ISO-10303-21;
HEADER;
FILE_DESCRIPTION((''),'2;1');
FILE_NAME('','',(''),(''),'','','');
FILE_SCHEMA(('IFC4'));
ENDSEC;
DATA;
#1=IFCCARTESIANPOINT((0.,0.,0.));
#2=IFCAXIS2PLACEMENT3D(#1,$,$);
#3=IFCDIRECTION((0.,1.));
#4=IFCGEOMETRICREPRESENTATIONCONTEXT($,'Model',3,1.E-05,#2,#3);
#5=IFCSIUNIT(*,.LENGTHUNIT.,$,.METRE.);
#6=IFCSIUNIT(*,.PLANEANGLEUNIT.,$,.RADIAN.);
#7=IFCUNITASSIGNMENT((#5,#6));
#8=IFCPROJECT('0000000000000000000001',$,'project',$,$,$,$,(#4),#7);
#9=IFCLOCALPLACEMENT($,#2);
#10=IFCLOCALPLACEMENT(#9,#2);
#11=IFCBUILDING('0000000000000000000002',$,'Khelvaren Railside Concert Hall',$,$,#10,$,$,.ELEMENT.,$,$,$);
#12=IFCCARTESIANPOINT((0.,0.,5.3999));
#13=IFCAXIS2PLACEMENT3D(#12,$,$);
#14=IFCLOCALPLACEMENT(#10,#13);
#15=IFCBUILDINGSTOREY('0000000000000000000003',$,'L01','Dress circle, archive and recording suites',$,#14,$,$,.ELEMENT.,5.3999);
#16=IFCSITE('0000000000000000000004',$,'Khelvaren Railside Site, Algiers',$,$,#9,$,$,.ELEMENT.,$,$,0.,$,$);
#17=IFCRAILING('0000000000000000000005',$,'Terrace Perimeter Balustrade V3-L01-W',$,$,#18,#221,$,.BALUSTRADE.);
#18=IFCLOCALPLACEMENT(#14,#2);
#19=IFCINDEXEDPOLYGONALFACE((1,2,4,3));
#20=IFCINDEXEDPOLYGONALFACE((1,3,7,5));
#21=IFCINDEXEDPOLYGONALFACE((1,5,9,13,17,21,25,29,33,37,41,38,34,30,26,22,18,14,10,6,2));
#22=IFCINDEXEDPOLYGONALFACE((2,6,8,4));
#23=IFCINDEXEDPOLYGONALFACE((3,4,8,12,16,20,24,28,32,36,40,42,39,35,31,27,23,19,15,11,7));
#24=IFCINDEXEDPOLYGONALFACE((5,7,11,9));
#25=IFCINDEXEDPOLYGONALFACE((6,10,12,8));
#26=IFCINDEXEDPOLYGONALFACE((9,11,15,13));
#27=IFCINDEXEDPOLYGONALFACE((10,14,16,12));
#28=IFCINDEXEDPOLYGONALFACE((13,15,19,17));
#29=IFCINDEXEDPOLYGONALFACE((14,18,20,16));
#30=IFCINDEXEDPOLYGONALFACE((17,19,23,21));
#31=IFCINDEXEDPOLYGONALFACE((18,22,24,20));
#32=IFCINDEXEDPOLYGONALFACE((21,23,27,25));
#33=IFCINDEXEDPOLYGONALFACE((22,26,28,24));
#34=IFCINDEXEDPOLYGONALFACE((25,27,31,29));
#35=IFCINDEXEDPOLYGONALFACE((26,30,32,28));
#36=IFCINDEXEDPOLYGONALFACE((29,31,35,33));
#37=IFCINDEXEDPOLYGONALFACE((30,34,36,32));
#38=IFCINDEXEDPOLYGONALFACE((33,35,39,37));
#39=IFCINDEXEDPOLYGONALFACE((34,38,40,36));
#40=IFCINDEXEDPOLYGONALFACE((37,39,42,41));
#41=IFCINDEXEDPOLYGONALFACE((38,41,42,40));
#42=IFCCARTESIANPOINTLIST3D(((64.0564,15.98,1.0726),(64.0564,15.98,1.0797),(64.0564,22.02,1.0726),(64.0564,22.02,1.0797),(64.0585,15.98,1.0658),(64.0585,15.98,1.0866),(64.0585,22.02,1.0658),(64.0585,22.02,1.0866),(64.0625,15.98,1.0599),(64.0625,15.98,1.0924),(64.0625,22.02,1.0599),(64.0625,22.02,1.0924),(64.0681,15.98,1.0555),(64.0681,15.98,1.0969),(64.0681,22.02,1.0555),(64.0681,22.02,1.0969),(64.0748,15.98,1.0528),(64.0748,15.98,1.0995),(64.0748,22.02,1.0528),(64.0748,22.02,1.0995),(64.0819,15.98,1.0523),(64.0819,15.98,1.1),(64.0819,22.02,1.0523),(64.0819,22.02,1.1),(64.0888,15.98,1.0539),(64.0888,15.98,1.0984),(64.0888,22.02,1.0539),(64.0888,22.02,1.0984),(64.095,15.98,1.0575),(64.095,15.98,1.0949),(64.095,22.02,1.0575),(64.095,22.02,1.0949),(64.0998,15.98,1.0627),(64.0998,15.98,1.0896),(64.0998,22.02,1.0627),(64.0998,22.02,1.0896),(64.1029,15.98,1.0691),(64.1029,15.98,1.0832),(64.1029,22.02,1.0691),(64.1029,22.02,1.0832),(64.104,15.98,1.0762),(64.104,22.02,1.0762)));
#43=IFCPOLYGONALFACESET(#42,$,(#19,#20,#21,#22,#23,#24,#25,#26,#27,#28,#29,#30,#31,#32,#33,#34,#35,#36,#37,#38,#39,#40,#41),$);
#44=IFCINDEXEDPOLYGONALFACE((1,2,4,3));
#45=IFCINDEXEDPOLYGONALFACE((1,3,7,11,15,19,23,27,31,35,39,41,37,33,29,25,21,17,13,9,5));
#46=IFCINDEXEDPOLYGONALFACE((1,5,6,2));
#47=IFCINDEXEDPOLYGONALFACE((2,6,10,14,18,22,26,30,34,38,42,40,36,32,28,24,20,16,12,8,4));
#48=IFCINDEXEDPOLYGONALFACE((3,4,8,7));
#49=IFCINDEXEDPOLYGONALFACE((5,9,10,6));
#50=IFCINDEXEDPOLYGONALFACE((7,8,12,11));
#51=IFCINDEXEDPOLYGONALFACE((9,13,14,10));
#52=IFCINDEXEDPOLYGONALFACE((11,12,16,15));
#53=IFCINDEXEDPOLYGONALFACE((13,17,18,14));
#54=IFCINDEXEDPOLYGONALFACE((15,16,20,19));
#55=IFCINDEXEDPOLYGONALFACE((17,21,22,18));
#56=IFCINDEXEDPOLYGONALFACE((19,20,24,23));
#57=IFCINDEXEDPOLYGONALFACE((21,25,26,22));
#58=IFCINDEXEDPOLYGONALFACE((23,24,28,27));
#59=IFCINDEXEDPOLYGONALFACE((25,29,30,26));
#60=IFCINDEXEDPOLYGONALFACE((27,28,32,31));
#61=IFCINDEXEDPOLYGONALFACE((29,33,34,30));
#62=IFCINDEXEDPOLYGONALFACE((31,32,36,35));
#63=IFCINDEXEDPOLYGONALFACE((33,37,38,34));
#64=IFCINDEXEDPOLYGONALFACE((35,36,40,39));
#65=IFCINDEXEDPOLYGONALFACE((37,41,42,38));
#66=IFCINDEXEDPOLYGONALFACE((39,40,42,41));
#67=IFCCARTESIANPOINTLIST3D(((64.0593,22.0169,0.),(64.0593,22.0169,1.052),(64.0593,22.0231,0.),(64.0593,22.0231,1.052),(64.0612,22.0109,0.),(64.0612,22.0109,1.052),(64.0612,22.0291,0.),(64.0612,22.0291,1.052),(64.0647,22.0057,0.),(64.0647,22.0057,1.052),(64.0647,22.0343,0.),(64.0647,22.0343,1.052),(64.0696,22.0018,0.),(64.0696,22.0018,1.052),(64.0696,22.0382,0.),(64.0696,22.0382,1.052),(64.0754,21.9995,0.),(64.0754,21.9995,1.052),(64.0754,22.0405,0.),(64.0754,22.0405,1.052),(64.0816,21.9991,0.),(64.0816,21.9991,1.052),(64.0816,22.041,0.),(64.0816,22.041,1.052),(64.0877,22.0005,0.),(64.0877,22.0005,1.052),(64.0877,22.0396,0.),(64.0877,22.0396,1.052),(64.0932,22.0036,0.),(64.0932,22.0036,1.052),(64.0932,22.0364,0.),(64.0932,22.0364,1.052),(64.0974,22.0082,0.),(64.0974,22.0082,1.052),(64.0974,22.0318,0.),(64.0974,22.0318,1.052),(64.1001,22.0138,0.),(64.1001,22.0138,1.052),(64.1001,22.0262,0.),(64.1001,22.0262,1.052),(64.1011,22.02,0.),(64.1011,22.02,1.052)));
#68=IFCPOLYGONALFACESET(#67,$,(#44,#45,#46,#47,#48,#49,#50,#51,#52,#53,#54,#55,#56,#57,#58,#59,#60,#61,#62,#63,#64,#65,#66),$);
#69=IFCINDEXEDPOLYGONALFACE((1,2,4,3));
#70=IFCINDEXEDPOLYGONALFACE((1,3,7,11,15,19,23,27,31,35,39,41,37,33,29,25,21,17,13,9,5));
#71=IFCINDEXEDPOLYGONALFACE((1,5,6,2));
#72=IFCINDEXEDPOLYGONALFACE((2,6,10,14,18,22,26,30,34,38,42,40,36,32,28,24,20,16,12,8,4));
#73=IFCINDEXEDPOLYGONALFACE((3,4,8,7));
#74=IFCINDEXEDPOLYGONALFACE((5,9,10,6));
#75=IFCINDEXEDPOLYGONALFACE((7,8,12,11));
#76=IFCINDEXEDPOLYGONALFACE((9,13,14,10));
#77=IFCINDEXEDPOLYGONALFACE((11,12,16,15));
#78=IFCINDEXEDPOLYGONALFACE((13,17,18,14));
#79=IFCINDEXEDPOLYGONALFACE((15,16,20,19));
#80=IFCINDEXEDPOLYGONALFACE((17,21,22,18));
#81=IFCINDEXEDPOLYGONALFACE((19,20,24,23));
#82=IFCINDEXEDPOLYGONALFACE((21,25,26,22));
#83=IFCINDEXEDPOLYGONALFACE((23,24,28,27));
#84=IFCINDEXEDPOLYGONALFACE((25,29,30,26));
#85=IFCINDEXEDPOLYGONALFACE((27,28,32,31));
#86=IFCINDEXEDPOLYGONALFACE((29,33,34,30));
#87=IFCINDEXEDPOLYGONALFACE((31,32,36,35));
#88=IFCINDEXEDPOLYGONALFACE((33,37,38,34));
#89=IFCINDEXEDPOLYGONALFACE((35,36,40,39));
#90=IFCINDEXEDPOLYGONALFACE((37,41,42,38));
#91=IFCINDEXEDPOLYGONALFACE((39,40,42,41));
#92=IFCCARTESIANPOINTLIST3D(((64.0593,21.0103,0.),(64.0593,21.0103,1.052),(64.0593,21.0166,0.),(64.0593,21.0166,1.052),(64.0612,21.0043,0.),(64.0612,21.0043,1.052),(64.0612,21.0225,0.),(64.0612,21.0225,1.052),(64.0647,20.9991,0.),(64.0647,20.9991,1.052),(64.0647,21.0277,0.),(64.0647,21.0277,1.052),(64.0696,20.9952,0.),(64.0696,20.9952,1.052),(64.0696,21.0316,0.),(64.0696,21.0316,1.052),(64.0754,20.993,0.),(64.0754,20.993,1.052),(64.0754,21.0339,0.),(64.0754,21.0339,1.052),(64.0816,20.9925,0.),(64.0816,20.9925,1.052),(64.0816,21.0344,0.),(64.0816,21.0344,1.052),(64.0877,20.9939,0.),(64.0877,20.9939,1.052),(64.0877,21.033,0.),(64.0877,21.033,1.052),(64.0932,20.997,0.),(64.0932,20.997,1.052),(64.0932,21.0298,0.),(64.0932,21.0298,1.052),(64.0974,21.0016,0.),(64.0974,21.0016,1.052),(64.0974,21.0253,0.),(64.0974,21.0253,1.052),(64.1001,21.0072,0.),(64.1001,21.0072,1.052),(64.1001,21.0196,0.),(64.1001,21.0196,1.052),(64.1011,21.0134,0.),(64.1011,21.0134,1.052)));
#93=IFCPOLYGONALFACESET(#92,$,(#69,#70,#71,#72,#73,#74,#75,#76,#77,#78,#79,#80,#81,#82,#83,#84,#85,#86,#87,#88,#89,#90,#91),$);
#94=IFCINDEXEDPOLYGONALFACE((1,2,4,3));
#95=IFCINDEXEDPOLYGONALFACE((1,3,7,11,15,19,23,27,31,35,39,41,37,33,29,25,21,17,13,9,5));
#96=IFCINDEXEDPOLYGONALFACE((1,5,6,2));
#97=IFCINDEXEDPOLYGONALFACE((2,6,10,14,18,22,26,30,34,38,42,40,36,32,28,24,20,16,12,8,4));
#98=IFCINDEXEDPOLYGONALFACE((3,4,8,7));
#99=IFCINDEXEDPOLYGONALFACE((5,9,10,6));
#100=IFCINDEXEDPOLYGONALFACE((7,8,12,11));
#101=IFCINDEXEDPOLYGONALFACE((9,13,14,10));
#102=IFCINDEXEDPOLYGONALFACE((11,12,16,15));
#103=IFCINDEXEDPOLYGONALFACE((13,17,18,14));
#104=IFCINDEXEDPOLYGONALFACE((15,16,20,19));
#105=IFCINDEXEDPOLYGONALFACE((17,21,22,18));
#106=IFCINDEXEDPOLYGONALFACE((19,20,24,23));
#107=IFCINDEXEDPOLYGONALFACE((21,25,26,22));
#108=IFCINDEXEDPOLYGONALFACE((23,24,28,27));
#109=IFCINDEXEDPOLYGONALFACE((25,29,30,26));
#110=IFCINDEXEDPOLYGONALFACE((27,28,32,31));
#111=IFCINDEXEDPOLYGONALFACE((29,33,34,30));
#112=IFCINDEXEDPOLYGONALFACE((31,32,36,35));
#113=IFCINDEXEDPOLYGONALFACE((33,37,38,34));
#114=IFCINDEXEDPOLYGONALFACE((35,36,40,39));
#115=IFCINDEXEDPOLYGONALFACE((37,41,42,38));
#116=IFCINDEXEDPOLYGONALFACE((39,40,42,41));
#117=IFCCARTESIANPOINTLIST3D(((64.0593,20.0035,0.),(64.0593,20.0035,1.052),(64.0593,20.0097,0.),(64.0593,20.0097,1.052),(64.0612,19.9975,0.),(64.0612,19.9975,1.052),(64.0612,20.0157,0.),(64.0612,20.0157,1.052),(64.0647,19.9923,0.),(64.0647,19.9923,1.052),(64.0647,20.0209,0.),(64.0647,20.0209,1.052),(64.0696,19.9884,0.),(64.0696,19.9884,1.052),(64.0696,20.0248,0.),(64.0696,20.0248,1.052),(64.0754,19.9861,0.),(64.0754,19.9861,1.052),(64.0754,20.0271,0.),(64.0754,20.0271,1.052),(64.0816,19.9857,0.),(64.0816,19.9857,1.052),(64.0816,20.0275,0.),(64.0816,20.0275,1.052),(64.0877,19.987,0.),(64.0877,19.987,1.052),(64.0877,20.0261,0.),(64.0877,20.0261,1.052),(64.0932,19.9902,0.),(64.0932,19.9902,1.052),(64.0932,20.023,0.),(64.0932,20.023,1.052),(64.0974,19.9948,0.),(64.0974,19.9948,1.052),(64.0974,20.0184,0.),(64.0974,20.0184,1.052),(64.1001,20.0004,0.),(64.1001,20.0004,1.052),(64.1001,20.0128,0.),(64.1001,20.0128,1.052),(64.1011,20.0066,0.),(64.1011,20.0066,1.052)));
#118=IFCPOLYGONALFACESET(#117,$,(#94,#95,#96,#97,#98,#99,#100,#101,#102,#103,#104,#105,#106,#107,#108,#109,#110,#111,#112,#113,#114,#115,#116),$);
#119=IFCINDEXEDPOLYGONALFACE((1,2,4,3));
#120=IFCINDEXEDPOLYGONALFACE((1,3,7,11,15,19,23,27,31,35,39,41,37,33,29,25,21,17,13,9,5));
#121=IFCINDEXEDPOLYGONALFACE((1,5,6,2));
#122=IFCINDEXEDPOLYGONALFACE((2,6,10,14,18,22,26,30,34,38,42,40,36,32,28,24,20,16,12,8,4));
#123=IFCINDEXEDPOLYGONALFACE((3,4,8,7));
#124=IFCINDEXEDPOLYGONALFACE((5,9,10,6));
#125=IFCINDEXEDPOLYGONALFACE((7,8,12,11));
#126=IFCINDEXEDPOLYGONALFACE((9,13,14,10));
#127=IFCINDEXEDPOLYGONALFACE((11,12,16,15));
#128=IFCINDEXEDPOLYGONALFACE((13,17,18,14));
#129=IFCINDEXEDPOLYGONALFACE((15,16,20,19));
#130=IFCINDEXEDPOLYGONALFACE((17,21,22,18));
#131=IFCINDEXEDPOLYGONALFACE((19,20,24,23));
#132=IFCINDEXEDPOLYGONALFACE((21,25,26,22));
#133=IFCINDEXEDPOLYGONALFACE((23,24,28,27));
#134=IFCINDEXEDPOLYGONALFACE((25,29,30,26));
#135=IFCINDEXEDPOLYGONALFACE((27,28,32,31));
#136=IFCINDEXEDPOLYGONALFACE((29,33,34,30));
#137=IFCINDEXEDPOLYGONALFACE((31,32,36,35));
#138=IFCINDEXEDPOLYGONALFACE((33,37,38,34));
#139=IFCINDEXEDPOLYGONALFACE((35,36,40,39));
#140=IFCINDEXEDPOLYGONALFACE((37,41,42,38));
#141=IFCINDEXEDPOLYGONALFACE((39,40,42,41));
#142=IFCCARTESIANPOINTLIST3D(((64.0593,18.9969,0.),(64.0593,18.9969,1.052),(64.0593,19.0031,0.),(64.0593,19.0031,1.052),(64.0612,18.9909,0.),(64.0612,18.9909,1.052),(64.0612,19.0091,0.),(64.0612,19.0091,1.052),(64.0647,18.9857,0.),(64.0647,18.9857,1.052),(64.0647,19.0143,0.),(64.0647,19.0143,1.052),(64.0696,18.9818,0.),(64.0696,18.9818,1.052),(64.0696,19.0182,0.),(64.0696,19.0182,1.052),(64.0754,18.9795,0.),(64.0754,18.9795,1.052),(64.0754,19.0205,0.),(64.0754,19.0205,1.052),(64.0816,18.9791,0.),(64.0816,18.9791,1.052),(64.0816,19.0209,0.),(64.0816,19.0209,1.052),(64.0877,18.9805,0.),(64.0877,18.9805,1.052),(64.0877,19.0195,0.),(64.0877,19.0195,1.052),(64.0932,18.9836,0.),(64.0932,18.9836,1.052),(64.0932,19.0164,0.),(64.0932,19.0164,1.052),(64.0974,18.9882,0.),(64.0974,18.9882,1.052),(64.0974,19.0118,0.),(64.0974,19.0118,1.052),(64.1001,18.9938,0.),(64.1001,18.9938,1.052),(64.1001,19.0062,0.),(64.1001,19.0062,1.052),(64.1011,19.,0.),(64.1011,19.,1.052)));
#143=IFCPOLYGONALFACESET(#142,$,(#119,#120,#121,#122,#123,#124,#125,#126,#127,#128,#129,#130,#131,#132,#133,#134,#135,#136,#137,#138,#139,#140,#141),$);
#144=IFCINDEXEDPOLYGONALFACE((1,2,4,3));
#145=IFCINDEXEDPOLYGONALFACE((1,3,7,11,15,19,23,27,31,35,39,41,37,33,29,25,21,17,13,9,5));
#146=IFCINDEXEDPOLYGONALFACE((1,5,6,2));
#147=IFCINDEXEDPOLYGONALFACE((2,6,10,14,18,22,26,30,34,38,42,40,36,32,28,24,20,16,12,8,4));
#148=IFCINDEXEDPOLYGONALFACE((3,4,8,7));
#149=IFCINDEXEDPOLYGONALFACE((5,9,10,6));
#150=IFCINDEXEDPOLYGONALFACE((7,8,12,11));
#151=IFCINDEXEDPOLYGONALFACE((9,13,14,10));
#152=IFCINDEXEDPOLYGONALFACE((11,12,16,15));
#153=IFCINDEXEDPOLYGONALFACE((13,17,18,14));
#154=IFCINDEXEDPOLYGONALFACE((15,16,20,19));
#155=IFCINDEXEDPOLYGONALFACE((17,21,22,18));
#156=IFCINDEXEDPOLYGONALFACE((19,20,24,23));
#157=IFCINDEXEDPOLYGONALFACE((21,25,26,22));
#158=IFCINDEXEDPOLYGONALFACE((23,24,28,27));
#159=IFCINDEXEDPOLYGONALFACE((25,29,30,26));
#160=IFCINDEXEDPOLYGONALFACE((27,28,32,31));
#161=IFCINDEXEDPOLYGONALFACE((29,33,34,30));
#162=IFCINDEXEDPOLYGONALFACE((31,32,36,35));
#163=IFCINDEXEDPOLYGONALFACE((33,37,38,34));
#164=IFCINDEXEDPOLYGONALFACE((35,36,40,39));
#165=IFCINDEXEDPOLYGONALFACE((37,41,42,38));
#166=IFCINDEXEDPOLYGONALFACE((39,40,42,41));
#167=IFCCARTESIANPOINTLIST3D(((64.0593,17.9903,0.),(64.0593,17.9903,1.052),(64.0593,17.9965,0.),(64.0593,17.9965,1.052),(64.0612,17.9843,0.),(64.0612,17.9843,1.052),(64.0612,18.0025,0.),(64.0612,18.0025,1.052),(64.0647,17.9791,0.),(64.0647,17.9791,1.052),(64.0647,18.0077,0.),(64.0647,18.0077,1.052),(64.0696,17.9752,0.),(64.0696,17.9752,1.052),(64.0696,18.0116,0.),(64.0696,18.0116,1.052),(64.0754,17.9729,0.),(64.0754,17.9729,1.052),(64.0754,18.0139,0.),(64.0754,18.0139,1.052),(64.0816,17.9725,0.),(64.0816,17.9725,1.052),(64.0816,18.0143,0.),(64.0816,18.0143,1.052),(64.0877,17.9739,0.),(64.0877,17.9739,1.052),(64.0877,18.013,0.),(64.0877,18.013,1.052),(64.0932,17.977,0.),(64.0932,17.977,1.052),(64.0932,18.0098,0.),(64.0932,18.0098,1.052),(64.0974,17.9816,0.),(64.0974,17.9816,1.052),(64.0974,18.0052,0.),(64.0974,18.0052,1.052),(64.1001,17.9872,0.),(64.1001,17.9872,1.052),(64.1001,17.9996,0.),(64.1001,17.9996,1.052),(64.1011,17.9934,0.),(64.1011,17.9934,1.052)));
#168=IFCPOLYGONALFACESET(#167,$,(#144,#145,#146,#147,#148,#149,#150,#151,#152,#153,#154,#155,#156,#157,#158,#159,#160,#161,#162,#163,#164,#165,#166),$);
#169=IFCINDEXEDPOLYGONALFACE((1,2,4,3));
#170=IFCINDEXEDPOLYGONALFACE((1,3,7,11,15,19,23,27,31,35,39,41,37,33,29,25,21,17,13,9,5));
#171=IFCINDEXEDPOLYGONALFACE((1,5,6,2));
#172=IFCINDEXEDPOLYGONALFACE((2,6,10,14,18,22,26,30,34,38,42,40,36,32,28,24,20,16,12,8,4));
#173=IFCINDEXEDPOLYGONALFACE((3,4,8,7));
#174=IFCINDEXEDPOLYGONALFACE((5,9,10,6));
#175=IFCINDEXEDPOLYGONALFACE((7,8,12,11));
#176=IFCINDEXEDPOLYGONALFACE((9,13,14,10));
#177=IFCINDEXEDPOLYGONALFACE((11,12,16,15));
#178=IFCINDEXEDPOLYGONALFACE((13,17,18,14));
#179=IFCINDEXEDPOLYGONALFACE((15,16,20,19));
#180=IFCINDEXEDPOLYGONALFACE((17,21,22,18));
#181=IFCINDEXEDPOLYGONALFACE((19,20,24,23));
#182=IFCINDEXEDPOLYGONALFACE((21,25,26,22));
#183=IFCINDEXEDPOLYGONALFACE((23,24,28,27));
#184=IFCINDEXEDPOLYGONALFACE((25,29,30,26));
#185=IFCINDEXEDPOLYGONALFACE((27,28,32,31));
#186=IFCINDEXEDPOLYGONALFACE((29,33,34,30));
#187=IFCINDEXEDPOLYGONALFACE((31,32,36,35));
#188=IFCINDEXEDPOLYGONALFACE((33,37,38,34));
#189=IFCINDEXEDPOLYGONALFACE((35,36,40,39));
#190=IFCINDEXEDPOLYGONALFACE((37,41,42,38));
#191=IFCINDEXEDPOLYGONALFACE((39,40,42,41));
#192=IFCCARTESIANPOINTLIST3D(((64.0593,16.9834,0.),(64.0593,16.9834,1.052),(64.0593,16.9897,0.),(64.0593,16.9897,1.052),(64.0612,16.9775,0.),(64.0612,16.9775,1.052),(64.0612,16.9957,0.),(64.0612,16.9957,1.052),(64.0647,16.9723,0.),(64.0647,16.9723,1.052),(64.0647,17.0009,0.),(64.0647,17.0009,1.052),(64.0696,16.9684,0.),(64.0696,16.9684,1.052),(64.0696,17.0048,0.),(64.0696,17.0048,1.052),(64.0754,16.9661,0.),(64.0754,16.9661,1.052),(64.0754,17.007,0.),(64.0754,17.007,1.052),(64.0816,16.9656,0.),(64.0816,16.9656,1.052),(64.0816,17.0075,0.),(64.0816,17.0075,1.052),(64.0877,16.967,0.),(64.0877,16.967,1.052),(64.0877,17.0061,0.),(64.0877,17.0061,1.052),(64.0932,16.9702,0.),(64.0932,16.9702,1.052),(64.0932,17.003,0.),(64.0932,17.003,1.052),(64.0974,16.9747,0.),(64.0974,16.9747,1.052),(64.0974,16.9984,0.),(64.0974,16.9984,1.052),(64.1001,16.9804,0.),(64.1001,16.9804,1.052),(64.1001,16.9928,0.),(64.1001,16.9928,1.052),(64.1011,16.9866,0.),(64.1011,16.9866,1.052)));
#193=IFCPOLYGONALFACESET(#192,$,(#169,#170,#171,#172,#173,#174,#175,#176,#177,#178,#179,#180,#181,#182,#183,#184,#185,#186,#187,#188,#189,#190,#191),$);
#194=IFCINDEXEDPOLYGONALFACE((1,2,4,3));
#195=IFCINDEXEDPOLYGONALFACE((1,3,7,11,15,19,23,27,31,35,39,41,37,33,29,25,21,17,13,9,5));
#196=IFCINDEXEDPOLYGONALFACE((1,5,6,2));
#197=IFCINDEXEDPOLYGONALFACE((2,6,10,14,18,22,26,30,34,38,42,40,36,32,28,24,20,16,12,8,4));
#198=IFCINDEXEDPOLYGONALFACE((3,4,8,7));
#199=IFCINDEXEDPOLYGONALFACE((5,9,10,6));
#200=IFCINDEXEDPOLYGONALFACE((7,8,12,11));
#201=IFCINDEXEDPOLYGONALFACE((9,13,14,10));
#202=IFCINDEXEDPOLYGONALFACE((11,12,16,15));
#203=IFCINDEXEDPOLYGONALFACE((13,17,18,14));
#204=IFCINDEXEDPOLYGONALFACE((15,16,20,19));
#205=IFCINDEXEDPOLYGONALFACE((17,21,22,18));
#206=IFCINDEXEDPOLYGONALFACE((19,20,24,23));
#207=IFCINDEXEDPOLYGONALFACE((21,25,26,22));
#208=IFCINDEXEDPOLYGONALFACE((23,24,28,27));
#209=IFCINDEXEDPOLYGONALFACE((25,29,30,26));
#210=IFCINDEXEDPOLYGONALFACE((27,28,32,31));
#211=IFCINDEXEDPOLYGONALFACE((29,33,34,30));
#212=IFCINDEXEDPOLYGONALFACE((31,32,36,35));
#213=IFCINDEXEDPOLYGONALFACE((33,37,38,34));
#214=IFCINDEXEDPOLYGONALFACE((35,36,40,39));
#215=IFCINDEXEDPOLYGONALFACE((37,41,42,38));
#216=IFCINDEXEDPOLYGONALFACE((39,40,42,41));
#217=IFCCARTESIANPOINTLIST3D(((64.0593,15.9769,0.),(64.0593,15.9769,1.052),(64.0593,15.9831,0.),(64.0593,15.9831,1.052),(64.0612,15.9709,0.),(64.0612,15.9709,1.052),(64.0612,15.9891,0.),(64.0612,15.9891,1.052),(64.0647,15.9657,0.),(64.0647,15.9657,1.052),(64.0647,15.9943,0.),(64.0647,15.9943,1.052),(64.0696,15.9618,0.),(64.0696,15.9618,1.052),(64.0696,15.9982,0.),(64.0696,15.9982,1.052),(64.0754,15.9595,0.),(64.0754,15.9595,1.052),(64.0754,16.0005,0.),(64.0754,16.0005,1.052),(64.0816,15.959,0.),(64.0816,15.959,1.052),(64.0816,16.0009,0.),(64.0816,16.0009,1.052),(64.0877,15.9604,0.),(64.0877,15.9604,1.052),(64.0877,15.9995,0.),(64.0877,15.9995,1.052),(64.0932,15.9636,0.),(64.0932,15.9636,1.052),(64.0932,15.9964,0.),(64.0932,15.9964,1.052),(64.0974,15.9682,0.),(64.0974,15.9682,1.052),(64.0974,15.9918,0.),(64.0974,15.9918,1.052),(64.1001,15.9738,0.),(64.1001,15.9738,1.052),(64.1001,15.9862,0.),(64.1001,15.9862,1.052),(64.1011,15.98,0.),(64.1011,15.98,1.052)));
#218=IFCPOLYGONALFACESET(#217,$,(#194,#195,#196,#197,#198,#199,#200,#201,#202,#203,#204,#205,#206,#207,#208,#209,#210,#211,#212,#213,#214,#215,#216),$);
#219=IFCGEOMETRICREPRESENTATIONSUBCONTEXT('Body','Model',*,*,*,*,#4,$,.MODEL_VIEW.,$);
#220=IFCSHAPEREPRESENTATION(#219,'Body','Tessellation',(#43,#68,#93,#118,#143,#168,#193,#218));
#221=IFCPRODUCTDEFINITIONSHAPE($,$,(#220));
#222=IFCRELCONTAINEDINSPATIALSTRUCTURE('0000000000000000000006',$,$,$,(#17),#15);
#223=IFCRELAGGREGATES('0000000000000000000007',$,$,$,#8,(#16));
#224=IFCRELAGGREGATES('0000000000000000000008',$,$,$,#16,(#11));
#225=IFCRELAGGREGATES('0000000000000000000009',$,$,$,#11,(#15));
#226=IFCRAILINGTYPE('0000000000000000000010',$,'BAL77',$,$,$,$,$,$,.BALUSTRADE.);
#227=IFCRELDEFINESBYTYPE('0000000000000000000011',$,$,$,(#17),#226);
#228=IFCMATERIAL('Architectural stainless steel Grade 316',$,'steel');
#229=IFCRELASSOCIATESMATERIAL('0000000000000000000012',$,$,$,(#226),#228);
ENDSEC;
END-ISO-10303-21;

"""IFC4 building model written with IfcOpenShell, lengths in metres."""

from ifc_helpers import new_model, si_unit, direction, frame, origin, origin_2d, place, context, subcontext, project, spatial, circle, extrude, material, type_object, element, save


model = new_model("IFC4")

# Units and contexts
model_context = context("Model", 3, precision=1e-05, world=origin(), true_north=direction((0.0, 1.0)))
body_context = subcontext(model_context, "Body", "Model", "MODEL_VIEW")
ifc_project = project(units=[si_unit("LENGTHUNIT", "METRE"), si_unit("PLANEANGLEUNIT", "RADIAN")], contexts=[model_context])

# Site, building, storey
site_placement = place(None, origin())
site = spatial("IfcSite", under=ifc_project, at=site_placement, Name="Khelvaren Railside Site, Algiers", CompositionType="ELEMENT", RefElevation=0.0)
building_placement = place(site_placement, origin())
building = spatial("IfcBuilding", under=site, at=building_placement, Name="Khelvaren Railside Concert Hall", CompositionType="ELEMENT")
storey_placement = place(building_placement, frame((0.0, 0.0, 5.3999)))
storey = spatial("IfcBuildingStorey", under=building, at=storey_placement, Name="L01", Description="Dress circle, archive and recording suites", CompositionType="ELEMENT", Elevation=5.3999)

# Railing
ifc_material_1 = material(Name="Architectural stainless steel Grade 316", Category="steel")
railing_type = type_object("IfcRailingType", Name="BAL77", PredefinedType="BALUSTRADE", material=ifc_material_1)
railing_1_placement = place(storey_placement, frame((64.0801, 22.02, 0.0)))
element("IfcRailing", 1, at=railing_1_placement, inside=storey, type_object=railing_type, Name="Terrace Perimeter Balustrade V3-L01-W", PredefinedType="BALUSTRADE", context=body_context, shape_type="SweptSolid", body=[
    extrude(circle(Radius=0.0239, at=origin_2d()), frame((0.0, 0.0, 1.0762), z_axis=(0.0, -1.0, 0.0), x_axis=(1.0, 0.0, 0.0)), (0.0, 0.0, 1.0), 6.04),
    extrude(circle(Radius=0.021, at=origin_2d()), origin(), (0.0, 0.0, 1.0), 1.052),
    extrude(circle(Radius=0.021, at=origin_2d()), frame((0.0, -1.0066, 0.0)), (0.0, 0.0, 1.0), 1.052),
    extrude(circle(Radius=0.021, at=origin_2d()), frame((0.0, -2.0134, 0.0)), (0.0, 0.0, 1.0), 1.052),
    extrude(circle(Radius=0.021, at=origin_2d()), frame((0.0, -3.02, 0.0)), (0.0, 0.0, 1.0), 1.052),
    extrude(circle(Radius=0.021, at=origin_2d()), frame((0.0, -4.0266, 0.0)), (0.0, 0.0, 1.0), 1.052),
    extrude(circle(Radius=0.021, at=origin_2d()), frame((0.0, -5.0334, 0.0)), (0.0, 0.0, 1.0), 1.052),
    extrude(circle(Radius=0.021, at=origin_2d()), frame((0.0, -6.04, 0.0)), (0.0, 0.0, 1.0), 1.052),
])

save(model, "model.ifc")
